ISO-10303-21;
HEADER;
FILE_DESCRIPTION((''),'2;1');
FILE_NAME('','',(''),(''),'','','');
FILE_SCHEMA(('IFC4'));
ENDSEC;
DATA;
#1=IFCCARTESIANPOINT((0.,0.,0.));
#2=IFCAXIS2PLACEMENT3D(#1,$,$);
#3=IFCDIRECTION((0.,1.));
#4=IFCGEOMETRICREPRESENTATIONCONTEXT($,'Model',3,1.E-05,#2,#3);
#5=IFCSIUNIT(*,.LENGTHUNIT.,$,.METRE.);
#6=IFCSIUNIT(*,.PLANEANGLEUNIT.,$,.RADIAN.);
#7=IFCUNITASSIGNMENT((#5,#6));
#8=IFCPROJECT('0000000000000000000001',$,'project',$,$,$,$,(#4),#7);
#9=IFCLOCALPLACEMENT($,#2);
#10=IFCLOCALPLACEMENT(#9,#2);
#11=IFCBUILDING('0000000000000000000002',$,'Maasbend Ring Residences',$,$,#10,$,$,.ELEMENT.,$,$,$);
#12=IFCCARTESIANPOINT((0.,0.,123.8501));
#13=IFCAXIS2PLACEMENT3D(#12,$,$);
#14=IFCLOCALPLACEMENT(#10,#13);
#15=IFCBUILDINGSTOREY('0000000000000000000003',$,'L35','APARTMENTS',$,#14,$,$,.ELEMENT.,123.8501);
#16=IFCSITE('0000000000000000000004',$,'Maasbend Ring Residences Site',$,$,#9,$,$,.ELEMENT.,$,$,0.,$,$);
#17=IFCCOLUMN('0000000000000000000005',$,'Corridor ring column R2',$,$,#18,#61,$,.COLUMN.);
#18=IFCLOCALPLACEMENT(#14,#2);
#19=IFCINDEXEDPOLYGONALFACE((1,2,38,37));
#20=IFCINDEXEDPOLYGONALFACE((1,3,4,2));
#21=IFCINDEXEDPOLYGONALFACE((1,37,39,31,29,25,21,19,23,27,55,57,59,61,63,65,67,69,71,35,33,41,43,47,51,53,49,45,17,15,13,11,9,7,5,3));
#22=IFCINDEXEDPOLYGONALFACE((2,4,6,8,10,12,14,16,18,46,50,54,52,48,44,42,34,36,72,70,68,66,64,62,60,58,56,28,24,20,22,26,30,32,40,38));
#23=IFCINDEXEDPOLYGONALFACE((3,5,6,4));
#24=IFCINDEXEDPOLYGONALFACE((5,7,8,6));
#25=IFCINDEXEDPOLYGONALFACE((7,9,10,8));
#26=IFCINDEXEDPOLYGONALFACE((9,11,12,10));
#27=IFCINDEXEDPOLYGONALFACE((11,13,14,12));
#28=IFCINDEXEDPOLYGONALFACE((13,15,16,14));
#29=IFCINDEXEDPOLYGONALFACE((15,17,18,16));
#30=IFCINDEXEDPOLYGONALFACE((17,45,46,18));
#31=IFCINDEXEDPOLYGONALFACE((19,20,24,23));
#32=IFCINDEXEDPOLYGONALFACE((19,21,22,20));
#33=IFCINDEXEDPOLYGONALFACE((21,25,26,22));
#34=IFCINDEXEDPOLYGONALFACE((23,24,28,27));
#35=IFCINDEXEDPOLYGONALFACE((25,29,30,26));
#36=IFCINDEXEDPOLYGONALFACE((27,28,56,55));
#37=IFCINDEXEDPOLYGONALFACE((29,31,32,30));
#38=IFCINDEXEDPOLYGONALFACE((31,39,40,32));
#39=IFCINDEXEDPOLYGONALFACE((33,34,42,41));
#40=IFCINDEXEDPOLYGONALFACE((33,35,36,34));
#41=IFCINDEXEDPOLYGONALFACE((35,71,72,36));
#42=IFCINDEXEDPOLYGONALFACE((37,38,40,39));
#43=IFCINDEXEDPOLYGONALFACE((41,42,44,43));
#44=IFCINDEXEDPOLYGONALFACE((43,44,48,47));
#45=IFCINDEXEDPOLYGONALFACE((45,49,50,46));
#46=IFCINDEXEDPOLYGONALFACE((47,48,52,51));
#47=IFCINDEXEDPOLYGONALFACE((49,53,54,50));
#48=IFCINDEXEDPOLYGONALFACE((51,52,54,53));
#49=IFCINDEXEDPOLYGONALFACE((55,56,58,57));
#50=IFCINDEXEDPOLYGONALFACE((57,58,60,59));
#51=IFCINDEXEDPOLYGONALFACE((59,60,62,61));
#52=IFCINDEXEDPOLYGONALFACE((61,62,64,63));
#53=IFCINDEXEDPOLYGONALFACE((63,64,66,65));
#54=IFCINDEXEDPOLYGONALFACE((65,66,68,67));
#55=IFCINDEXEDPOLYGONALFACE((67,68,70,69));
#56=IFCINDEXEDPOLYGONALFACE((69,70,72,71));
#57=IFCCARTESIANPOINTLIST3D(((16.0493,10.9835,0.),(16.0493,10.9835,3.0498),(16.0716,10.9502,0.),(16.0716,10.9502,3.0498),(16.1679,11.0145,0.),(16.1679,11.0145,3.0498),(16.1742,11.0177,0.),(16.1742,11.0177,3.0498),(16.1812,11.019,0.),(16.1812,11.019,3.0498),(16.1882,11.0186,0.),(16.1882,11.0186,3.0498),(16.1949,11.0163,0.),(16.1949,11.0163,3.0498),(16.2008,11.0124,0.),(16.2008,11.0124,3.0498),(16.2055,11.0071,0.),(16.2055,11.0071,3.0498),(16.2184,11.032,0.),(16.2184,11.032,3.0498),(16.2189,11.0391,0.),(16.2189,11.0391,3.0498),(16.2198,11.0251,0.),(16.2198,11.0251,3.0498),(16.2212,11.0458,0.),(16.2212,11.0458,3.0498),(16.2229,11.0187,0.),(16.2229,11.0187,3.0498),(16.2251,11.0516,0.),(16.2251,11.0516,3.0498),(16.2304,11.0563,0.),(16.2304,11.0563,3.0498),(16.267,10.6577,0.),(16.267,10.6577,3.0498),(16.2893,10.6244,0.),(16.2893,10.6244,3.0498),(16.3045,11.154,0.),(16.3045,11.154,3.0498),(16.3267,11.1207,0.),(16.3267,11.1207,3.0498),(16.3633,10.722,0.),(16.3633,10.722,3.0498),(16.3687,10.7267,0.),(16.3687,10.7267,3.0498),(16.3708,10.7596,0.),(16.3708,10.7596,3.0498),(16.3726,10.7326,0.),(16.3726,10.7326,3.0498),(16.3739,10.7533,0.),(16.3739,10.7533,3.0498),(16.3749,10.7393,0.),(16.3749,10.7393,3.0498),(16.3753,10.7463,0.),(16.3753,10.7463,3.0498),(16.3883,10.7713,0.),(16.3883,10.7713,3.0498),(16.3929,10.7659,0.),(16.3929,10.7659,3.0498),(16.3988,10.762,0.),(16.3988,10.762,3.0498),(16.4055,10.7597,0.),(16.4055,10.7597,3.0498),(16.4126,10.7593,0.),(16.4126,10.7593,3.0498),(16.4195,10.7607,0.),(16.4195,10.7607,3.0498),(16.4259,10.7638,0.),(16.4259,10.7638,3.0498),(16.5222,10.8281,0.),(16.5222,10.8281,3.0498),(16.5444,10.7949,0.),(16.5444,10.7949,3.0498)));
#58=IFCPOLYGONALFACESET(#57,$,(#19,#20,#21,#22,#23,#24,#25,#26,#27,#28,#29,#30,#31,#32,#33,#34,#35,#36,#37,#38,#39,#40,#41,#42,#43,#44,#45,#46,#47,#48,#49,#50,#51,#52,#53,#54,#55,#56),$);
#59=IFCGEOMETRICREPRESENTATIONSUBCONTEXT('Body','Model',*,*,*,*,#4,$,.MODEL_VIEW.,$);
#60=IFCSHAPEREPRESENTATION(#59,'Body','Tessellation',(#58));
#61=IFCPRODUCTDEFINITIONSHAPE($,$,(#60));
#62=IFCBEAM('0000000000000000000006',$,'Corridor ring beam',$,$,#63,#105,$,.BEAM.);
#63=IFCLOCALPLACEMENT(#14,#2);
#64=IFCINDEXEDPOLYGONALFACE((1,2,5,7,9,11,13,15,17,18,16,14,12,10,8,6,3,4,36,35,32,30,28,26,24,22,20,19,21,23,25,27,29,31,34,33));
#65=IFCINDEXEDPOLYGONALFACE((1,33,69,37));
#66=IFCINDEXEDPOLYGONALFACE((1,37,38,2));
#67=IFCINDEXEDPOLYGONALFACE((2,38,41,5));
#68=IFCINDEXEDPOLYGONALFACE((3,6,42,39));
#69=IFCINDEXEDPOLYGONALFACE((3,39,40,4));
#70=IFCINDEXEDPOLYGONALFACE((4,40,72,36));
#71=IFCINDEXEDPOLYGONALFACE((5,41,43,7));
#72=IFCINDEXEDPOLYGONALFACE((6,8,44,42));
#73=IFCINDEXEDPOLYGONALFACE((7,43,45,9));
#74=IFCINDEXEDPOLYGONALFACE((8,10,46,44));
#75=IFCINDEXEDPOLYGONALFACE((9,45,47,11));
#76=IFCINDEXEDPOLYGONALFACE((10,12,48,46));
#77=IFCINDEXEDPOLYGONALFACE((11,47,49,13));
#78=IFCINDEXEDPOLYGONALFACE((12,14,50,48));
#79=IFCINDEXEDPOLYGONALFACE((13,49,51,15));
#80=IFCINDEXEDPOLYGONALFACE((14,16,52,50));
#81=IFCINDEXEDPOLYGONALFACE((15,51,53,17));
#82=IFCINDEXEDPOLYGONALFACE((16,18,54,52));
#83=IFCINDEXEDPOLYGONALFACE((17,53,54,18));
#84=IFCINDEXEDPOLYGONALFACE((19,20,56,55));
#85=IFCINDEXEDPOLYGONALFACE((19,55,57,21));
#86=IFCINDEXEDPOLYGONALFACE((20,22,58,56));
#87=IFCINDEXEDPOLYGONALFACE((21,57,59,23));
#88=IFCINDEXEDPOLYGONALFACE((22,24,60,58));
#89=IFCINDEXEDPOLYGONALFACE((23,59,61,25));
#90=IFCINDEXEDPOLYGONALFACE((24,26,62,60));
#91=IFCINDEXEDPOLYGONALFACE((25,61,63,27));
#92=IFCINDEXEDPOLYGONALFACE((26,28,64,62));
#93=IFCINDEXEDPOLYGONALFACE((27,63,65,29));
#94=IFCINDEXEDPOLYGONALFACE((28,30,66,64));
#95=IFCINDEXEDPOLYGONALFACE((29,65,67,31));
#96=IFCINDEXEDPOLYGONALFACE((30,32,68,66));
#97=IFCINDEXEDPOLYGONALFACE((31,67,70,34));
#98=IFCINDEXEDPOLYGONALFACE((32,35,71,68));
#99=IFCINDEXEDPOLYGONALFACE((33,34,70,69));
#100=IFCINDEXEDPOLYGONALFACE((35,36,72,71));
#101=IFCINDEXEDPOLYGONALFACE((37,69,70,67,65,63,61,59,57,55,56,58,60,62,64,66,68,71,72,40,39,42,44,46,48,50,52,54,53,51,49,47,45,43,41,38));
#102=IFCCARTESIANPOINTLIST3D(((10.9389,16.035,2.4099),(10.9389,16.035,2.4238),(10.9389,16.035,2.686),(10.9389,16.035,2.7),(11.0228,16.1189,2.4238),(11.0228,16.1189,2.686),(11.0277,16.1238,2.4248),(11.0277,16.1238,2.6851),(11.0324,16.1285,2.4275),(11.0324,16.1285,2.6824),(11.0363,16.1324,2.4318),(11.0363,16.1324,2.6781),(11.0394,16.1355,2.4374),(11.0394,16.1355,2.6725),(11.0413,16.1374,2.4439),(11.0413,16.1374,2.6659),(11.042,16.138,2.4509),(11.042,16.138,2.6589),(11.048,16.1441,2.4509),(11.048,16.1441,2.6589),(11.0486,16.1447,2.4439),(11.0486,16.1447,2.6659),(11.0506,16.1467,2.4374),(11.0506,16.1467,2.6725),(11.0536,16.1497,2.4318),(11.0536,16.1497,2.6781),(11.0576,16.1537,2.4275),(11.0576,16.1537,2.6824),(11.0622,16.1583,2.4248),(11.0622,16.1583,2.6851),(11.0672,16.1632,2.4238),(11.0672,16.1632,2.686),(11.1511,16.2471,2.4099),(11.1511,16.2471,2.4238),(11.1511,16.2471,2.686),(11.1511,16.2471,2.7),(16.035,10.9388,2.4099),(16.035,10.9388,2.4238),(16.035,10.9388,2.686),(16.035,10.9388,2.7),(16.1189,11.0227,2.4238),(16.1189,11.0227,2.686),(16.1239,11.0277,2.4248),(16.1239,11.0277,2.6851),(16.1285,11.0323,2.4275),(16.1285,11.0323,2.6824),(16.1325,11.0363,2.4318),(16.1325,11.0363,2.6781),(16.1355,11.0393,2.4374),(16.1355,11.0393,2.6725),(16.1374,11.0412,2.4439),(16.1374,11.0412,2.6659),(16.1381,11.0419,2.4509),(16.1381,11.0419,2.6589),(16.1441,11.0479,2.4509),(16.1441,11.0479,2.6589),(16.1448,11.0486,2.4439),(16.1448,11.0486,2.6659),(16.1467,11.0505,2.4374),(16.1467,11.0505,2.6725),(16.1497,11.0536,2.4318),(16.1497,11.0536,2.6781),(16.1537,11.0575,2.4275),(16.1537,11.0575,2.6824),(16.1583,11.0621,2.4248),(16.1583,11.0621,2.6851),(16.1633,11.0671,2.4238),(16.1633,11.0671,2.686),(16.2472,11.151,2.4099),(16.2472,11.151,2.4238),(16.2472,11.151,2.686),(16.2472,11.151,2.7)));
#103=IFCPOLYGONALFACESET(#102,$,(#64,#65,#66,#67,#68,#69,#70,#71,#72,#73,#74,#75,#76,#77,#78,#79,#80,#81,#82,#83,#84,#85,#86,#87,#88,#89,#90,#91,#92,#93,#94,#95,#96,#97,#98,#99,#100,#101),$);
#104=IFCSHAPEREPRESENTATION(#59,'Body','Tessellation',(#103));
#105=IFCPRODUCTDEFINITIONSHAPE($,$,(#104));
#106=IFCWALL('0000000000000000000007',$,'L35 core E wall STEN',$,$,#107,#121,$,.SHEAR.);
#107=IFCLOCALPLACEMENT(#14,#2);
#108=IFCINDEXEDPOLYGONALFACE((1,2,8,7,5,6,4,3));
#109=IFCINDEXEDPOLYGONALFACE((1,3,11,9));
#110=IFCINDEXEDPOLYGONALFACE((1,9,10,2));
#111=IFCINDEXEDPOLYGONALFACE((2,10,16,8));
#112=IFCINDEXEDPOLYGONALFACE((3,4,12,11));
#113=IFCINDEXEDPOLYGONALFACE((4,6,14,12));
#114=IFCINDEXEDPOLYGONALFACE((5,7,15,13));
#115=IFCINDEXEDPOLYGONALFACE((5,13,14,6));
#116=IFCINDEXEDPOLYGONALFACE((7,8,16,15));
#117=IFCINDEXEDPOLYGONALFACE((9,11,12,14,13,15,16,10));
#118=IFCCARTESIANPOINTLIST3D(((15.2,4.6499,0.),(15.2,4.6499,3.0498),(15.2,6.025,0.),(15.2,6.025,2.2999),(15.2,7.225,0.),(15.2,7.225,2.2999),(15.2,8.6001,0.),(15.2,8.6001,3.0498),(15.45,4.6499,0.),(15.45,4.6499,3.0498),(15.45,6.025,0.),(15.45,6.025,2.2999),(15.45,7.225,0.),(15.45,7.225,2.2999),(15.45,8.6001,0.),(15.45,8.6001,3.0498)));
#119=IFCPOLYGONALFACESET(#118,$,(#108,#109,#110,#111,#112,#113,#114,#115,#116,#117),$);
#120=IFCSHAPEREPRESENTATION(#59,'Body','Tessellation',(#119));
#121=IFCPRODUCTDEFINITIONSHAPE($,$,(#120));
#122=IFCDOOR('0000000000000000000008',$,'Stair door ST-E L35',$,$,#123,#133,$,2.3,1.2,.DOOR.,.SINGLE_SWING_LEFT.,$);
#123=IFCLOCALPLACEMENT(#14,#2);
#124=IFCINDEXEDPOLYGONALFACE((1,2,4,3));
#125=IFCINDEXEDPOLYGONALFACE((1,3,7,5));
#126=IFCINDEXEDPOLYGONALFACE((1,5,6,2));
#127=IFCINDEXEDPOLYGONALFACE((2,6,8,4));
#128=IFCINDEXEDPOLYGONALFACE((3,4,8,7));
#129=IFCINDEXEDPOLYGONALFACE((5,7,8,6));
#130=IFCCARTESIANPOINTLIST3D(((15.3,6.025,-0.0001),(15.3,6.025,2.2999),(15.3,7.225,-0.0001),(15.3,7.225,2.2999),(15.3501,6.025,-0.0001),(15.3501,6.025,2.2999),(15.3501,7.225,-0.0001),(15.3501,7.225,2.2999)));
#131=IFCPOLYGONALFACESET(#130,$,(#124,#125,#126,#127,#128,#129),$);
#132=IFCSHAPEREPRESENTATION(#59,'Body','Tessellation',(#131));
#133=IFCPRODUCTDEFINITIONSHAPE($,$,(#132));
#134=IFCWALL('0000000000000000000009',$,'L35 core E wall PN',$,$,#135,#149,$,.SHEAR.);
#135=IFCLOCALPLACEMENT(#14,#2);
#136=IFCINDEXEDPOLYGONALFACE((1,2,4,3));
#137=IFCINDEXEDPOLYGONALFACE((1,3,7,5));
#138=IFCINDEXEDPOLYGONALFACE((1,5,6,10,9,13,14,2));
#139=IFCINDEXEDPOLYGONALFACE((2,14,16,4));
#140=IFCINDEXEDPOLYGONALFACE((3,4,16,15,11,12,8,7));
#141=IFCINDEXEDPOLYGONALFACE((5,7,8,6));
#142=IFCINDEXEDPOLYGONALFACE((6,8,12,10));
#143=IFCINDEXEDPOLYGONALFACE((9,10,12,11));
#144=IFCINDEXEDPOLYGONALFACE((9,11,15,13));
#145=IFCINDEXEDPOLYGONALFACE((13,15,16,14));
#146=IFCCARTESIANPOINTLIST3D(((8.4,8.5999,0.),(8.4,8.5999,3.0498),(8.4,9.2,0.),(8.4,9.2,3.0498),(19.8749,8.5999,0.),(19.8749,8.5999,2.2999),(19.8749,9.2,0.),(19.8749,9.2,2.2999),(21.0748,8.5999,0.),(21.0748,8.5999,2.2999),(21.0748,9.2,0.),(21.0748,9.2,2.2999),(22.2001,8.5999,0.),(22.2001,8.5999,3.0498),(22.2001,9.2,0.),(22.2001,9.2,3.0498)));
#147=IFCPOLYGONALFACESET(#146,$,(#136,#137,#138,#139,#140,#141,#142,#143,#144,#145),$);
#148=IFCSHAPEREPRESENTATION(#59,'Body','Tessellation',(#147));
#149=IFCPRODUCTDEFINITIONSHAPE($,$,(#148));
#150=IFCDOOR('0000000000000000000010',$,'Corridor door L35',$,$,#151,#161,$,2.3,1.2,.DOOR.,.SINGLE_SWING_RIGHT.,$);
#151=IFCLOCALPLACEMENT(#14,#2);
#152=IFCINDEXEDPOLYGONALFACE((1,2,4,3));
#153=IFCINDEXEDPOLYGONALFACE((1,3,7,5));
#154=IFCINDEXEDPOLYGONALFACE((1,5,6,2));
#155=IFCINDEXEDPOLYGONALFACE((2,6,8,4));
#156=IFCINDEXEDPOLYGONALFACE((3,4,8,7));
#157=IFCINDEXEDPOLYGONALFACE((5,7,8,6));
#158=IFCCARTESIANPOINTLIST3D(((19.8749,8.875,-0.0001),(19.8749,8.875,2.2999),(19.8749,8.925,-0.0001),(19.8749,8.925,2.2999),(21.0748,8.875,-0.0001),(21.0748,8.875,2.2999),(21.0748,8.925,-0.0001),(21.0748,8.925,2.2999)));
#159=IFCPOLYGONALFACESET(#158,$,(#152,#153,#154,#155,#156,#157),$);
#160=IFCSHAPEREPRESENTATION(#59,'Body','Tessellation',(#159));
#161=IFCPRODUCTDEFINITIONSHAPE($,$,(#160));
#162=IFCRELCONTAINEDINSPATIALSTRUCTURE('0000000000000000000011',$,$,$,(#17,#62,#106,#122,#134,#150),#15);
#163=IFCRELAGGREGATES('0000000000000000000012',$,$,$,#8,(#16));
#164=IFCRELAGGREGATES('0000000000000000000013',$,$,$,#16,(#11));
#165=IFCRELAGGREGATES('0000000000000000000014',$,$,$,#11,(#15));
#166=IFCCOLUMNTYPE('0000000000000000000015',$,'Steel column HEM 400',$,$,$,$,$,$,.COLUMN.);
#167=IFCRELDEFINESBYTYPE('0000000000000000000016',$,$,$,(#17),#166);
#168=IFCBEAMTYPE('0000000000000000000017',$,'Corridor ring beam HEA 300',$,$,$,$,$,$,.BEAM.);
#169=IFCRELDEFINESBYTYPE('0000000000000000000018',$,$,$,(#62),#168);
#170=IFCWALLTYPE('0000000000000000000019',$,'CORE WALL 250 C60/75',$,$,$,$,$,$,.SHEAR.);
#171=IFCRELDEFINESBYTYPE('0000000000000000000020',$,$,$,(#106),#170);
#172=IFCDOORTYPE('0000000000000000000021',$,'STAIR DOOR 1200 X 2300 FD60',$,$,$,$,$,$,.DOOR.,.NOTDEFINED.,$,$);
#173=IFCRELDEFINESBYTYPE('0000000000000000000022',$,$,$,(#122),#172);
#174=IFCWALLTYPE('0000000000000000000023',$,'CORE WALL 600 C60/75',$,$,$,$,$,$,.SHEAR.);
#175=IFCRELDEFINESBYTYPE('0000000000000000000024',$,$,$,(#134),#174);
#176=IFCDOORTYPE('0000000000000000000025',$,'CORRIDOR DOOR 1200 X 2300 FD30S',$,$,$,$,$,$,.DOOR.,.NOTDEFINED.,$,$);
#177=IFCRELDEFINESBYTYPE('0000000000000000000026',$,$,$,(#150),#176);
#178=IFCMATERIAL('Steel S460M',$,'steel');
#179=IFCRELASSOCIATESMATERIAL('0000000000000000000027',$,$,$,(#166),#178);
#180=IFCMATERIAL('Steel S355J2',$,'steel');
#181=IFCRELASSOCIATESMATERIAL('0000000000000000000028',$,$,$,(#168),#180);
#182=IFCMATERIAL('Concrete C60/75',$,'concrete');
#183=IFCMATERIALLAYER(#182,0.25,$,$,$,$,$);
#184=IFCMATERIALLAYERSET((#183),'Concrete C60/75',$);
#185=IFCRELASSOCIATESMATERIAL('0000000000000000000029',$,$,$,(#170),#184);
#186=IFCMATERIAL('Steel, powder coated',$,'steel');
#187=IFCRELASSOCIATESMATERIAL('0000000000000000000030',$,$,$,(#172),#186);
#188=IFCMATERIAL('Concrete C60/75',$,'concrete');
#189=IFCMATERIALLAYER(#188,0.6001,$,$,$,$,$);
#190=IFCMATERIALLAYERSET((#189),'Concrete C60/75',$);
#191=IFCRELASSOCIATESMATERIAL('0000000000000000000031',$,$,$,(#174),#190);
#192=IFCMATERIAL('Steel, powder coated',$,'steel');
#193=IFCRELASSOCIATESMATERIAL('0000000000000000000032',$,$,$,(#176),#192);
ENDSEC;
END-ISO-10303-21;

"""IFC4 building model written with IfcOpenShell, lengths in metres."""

from ifc_helpers import new_model, si_unit, direction, frame, frame_2d, origin, origin_2d, place, context, subcontext, project, spatial, rectangle, i_section, extrude, material, layer, layer_set, material_profile, profile_set, type_object, element, fill, save


model = new_model("IFC4")

# Units and contexts
model_context = context("Model", 3, precision=1e-05, world=origin(), true_north=direction((0.0, 1.0)))
body_context = subcontext(model_context, "Body", "Model", "MODEL_VIEW")
ifc_project = project(units=[si_unit("LENGTHUNIT", "METRE"), si_unit("PLANEANGLEUNIT", "RADIAN")], contexts=[model_context])

# Site, building, storey
site_placement = place(None, origin())
site = spatial("IfcSite", under=ifc_project, at=site_placement, Name="Maasbend Ring Residences Site", CompositionType="ELEMENT", RefElevation=0.0)
building_placement = place(site_placement, origin())
building = spatial("IfcBuilding", under=site, at=building_placement, Name="Maasbend Ring Residences", CompositionType="ELEMENT")
storey_placement = place(building_placement, frame((0.0, 0.0, 123.8501)))
storey = spatial("IfcBuildingStorey", under=building, at=storey_placement, Name="L35", Description="APARTMENTS", CompositionType="ELEMENT", Elevation=123.8501)

# Column
ifc_material_1 = material(Name="Steel S460M", Category="steel")
ifc_material_profile_1 = material_profile(ifc_material_1, i_section(OverallWidth=0.3069, OverallDepth=0.4319, WebThickness=0.021, FlangeThickness=0.04, FilletRadius=0.0271, at=origin_2d()), Name="HEM 400")
ifc_profile_set_1 = profile_set([ifc_material_profile_1], Name="Steel S460M")
column_type = type_object("IfcColumnType", Name="Steel column HEM 400", PredefinedType="COLUMN", material=ifc_profile_set_1)
column_placement = place(storey_placement, frame((16.2969, 10.8892, 0.0), z_axis=(0.0, 0.0, 1.0), x_axis=(0.83147, 0.55557, 0.0)))
element("IfcColumn", 1, at=column_placement, inside=storey, type_object=column_type, Name="Corridor ring column R2", PredefinedType="COLUMN", context=body_context, shape_type="SweptSolid", body=[
    extrude(i_section(OverallWidth=0.3069, OverallDepth=0.4319, WebThickness=0.021, FlangeThickness=0.04, FilletRadius=0.0271, at=origin_2d()), origin(), (0.0, 0.0, 1.0), 3.0498),
])

# Beam
ifc_material_2 = material(Name="Steel S355J2", Category="steel")
ifc_material_profile_2 = material_profile(ifc_material_2, i_section(OverallWidth=0.3, OverallDepth=0.29, WebThickness=0.0085, FlangeThickness=0.0139, FilletRadius=0.0271, at=origin_2d()), Name="HEA 300")
ifc_profile_set_2 = profile_set([ifc_material_profile_2], Name="Steel S355J2")
beam_type = type_object("IfcBeamType", Name="Corridor ring beam HEA 300", PredefinedType="BEAM", material=ifc_profile_set_2)
beam_placement = place(storey_placement, frame((16.1411, 11.0449, 2.5549), z_axis=(-0.707107, 0.707107, 0.0), x_axis=(-0.707107, -0.707107, 0.0)))
element("IfcBeam", 2, at=beam_placement, inside=storey, type_object=beam_type, Name="Corridor ring beam", PredefinedType="BEAM", context=body_context, shape_type="SweptSolid", body=[
    extrude(i_section(OverallWidth=0.3, OverallDepth=0.29, WebThickness=0.0085, FlangeThickness=0.0139, FilletRadius=0.0271, at=origin_2d()), origin(), (0.0, 0.0, 1.0), 7.207),
])

# Walls, openings, doors
ifc_material_3 = material(Name="Concrete C60/75", Category="concrete")
ifc_layer_1 = layer(ifc_material_3, 0.25)
ifc_layer_set_1 = layer_set([ifc_layer_1], Name="Concrete C60/75")
wall_type_1 = type_object("IfcWallType", Name="CORE WALL 250 C60/75", PredefinedType="SHEAR", material=ifc_layer_set_1)
wall_1_placement = place(storey_placement, frame((15.325, 4.6499, 0.0), z_axis=(0.0, 0.0, 1.0), x_axis=(0.0, 1.0, 0.0)))
wall_1 = element("IfcWall", 3, at=wall_1_placement, inside=storey, type_object=wall_type_1, Name="L35 core E wall STEN", PredefinedType="SHEAR", context=body_context, shape_type="SweptSolid", body=[
    extrude(rectangle(XDim=3.9502, YDim=0.25, at=frame_2d((1.9751, 0.0))), origin(), (0.0, 0.0, 1.0), 3.0498),
])
opening_1_placement = place(wall_1_placement, frame((1.375, 0.0, 0.0)))
opening_1 = element("IfcOpeningElement", 4, at=opening_1_placement, cuts=wall_1, PredefinedType="OPENING", context=body_context, shape_type="SweptSolid", body=[
    extrude(rectangle(XDim=1.2, YDim=2.3, at=frame_2d((0.6001, 1.1499))), frame((0.0, 0.135, 0.0), z_axis=(0.0, -1.0, 0.0), x_axis=(1.0, 0.0, 0.0)), (0.0, 0.0, 1.0), 0.27),
])
ifc_material_4 = material(Name="Steel, powder coated", Category="steel")
door_type_1 = type_object("IfcDoorType", Name="STAIR DOOR 1200 X 2300 FD60", OperationType="NOTDEFINED", PredefinedType="DOOR", material=ifc_material_4)
door_1_placement = place(opening_1_placement, origin())
door_1 = element("IfcDoor", 5, at=door_1_placement, inside=storey, type_object=door_type_1, Name="Stair door ST-E L35", OperationType="SINGLE_SWING_LEFT", OverallHeight=2.3, OverallWidth=1.2, PredefinedType="DOOR", context=body_context, shape_type="SweptSolid", body=[
    extrude(rectangle(XDim=1.2, YDim=2.3, at=frame_2d((0.6001, 1.1499))), frame((0.0, 0.0249, 0.0), z_axis=(0.0, -1.0, 0.0), x_axis=(1.0, 0.0, 0.0)), (0.0, 0.0, 1.0), 0.05),
])
fill(opening_1, door_1)
ifc_material_5 = material(Name="Concrete C60/75", Category="concrete")
ifc_layer_2 = layer(ifc_material_5, 0.6001)
ifc_layer_set_2 = layer_set([ifc_layer_2], Name="Concrete C60/75")
wall_type_2 = type_object("IfcWallType", Name="CORE WALL 600 C60/75", PredefinedType="SHEAR", material=ifc_layer_set_2)
wall_2_placement = place(storey_placement, frame((22.2, 8.8999, 0.0), z_axis=(0.0, 0.0, 1.0), x_axis=(-1.0, 0.0, 0.0)))
wall_2 = element("IfcWall", 6, at=wall_2_placement, inside=storey, type_object=wall_type_2, Name="L35 core E wall PN", PredefinedType="SHEAR", context=body_context, shape_type="SweptSolid", body=[
    extrude(rectangle(XDim=13.8, YDim=0.6001, at=frame_2d((6.8999, 0.0))), origin(), (0.0, 0.0, 1.0), 3.0498),
])
opening_2_placement = place(wall_2_placement, frame((1.125, 0.0, 0.0)))
opening_2 = element("IfcOpeningElement", 7, at=opening_2_placement, cuts=wall_2, PredefinedType="OPENING", context=body_context, shape_type="SweptSolid", body=[
    extrude(rectangle(XDim=1.2, YDim=2.3, at=frame_2d((0.6001, 1.1499))), frame((0.0, 0.3101, 0.0), z_axis=(0.0, -1.0, 0.0), x_axis=(1.0, 0.0, 0.0)), (0.0, 0.0, 1.0), 0.6201),
])
ifc_material_6 = material(Name="Steel, powder coated", Category="steel")
door_type_2 = type_object("IfcDoorType", Name="CORRIDOR DOOR 1200 X 2300 FD30S", OperationType="NOTDEFINED", PredefinedType="DOOR", material=ifc_material_6)
door_2_placement = place(opening_2_placement, origin())
door_2 = element("IfcDoor", 8, at=door_2_placement, inside=storey, type_object=door_type_2, Name="Corridor door L35", OperationType="SINGLE_SWING_RIGHT", OverallHeight=2.3, OverallWidth=1.2, PredefinedType="DOOR", context=body_context, shape_type="SweptSolid", body=[
    extrude(rectangle(XDim=1.2, YDim=2.3, at=frame_2d((0.6001, 1.1499))), frame((0.0, 0.0249, 0.0), z_axis=(0.0, -1.0, 0.0), x_axis=(1.0, 0.0, 0.0)), (0.0, 0.0, 1.0), 0.05),
])
fill(opening_2, door_2)

save(model, "model.ifc")
